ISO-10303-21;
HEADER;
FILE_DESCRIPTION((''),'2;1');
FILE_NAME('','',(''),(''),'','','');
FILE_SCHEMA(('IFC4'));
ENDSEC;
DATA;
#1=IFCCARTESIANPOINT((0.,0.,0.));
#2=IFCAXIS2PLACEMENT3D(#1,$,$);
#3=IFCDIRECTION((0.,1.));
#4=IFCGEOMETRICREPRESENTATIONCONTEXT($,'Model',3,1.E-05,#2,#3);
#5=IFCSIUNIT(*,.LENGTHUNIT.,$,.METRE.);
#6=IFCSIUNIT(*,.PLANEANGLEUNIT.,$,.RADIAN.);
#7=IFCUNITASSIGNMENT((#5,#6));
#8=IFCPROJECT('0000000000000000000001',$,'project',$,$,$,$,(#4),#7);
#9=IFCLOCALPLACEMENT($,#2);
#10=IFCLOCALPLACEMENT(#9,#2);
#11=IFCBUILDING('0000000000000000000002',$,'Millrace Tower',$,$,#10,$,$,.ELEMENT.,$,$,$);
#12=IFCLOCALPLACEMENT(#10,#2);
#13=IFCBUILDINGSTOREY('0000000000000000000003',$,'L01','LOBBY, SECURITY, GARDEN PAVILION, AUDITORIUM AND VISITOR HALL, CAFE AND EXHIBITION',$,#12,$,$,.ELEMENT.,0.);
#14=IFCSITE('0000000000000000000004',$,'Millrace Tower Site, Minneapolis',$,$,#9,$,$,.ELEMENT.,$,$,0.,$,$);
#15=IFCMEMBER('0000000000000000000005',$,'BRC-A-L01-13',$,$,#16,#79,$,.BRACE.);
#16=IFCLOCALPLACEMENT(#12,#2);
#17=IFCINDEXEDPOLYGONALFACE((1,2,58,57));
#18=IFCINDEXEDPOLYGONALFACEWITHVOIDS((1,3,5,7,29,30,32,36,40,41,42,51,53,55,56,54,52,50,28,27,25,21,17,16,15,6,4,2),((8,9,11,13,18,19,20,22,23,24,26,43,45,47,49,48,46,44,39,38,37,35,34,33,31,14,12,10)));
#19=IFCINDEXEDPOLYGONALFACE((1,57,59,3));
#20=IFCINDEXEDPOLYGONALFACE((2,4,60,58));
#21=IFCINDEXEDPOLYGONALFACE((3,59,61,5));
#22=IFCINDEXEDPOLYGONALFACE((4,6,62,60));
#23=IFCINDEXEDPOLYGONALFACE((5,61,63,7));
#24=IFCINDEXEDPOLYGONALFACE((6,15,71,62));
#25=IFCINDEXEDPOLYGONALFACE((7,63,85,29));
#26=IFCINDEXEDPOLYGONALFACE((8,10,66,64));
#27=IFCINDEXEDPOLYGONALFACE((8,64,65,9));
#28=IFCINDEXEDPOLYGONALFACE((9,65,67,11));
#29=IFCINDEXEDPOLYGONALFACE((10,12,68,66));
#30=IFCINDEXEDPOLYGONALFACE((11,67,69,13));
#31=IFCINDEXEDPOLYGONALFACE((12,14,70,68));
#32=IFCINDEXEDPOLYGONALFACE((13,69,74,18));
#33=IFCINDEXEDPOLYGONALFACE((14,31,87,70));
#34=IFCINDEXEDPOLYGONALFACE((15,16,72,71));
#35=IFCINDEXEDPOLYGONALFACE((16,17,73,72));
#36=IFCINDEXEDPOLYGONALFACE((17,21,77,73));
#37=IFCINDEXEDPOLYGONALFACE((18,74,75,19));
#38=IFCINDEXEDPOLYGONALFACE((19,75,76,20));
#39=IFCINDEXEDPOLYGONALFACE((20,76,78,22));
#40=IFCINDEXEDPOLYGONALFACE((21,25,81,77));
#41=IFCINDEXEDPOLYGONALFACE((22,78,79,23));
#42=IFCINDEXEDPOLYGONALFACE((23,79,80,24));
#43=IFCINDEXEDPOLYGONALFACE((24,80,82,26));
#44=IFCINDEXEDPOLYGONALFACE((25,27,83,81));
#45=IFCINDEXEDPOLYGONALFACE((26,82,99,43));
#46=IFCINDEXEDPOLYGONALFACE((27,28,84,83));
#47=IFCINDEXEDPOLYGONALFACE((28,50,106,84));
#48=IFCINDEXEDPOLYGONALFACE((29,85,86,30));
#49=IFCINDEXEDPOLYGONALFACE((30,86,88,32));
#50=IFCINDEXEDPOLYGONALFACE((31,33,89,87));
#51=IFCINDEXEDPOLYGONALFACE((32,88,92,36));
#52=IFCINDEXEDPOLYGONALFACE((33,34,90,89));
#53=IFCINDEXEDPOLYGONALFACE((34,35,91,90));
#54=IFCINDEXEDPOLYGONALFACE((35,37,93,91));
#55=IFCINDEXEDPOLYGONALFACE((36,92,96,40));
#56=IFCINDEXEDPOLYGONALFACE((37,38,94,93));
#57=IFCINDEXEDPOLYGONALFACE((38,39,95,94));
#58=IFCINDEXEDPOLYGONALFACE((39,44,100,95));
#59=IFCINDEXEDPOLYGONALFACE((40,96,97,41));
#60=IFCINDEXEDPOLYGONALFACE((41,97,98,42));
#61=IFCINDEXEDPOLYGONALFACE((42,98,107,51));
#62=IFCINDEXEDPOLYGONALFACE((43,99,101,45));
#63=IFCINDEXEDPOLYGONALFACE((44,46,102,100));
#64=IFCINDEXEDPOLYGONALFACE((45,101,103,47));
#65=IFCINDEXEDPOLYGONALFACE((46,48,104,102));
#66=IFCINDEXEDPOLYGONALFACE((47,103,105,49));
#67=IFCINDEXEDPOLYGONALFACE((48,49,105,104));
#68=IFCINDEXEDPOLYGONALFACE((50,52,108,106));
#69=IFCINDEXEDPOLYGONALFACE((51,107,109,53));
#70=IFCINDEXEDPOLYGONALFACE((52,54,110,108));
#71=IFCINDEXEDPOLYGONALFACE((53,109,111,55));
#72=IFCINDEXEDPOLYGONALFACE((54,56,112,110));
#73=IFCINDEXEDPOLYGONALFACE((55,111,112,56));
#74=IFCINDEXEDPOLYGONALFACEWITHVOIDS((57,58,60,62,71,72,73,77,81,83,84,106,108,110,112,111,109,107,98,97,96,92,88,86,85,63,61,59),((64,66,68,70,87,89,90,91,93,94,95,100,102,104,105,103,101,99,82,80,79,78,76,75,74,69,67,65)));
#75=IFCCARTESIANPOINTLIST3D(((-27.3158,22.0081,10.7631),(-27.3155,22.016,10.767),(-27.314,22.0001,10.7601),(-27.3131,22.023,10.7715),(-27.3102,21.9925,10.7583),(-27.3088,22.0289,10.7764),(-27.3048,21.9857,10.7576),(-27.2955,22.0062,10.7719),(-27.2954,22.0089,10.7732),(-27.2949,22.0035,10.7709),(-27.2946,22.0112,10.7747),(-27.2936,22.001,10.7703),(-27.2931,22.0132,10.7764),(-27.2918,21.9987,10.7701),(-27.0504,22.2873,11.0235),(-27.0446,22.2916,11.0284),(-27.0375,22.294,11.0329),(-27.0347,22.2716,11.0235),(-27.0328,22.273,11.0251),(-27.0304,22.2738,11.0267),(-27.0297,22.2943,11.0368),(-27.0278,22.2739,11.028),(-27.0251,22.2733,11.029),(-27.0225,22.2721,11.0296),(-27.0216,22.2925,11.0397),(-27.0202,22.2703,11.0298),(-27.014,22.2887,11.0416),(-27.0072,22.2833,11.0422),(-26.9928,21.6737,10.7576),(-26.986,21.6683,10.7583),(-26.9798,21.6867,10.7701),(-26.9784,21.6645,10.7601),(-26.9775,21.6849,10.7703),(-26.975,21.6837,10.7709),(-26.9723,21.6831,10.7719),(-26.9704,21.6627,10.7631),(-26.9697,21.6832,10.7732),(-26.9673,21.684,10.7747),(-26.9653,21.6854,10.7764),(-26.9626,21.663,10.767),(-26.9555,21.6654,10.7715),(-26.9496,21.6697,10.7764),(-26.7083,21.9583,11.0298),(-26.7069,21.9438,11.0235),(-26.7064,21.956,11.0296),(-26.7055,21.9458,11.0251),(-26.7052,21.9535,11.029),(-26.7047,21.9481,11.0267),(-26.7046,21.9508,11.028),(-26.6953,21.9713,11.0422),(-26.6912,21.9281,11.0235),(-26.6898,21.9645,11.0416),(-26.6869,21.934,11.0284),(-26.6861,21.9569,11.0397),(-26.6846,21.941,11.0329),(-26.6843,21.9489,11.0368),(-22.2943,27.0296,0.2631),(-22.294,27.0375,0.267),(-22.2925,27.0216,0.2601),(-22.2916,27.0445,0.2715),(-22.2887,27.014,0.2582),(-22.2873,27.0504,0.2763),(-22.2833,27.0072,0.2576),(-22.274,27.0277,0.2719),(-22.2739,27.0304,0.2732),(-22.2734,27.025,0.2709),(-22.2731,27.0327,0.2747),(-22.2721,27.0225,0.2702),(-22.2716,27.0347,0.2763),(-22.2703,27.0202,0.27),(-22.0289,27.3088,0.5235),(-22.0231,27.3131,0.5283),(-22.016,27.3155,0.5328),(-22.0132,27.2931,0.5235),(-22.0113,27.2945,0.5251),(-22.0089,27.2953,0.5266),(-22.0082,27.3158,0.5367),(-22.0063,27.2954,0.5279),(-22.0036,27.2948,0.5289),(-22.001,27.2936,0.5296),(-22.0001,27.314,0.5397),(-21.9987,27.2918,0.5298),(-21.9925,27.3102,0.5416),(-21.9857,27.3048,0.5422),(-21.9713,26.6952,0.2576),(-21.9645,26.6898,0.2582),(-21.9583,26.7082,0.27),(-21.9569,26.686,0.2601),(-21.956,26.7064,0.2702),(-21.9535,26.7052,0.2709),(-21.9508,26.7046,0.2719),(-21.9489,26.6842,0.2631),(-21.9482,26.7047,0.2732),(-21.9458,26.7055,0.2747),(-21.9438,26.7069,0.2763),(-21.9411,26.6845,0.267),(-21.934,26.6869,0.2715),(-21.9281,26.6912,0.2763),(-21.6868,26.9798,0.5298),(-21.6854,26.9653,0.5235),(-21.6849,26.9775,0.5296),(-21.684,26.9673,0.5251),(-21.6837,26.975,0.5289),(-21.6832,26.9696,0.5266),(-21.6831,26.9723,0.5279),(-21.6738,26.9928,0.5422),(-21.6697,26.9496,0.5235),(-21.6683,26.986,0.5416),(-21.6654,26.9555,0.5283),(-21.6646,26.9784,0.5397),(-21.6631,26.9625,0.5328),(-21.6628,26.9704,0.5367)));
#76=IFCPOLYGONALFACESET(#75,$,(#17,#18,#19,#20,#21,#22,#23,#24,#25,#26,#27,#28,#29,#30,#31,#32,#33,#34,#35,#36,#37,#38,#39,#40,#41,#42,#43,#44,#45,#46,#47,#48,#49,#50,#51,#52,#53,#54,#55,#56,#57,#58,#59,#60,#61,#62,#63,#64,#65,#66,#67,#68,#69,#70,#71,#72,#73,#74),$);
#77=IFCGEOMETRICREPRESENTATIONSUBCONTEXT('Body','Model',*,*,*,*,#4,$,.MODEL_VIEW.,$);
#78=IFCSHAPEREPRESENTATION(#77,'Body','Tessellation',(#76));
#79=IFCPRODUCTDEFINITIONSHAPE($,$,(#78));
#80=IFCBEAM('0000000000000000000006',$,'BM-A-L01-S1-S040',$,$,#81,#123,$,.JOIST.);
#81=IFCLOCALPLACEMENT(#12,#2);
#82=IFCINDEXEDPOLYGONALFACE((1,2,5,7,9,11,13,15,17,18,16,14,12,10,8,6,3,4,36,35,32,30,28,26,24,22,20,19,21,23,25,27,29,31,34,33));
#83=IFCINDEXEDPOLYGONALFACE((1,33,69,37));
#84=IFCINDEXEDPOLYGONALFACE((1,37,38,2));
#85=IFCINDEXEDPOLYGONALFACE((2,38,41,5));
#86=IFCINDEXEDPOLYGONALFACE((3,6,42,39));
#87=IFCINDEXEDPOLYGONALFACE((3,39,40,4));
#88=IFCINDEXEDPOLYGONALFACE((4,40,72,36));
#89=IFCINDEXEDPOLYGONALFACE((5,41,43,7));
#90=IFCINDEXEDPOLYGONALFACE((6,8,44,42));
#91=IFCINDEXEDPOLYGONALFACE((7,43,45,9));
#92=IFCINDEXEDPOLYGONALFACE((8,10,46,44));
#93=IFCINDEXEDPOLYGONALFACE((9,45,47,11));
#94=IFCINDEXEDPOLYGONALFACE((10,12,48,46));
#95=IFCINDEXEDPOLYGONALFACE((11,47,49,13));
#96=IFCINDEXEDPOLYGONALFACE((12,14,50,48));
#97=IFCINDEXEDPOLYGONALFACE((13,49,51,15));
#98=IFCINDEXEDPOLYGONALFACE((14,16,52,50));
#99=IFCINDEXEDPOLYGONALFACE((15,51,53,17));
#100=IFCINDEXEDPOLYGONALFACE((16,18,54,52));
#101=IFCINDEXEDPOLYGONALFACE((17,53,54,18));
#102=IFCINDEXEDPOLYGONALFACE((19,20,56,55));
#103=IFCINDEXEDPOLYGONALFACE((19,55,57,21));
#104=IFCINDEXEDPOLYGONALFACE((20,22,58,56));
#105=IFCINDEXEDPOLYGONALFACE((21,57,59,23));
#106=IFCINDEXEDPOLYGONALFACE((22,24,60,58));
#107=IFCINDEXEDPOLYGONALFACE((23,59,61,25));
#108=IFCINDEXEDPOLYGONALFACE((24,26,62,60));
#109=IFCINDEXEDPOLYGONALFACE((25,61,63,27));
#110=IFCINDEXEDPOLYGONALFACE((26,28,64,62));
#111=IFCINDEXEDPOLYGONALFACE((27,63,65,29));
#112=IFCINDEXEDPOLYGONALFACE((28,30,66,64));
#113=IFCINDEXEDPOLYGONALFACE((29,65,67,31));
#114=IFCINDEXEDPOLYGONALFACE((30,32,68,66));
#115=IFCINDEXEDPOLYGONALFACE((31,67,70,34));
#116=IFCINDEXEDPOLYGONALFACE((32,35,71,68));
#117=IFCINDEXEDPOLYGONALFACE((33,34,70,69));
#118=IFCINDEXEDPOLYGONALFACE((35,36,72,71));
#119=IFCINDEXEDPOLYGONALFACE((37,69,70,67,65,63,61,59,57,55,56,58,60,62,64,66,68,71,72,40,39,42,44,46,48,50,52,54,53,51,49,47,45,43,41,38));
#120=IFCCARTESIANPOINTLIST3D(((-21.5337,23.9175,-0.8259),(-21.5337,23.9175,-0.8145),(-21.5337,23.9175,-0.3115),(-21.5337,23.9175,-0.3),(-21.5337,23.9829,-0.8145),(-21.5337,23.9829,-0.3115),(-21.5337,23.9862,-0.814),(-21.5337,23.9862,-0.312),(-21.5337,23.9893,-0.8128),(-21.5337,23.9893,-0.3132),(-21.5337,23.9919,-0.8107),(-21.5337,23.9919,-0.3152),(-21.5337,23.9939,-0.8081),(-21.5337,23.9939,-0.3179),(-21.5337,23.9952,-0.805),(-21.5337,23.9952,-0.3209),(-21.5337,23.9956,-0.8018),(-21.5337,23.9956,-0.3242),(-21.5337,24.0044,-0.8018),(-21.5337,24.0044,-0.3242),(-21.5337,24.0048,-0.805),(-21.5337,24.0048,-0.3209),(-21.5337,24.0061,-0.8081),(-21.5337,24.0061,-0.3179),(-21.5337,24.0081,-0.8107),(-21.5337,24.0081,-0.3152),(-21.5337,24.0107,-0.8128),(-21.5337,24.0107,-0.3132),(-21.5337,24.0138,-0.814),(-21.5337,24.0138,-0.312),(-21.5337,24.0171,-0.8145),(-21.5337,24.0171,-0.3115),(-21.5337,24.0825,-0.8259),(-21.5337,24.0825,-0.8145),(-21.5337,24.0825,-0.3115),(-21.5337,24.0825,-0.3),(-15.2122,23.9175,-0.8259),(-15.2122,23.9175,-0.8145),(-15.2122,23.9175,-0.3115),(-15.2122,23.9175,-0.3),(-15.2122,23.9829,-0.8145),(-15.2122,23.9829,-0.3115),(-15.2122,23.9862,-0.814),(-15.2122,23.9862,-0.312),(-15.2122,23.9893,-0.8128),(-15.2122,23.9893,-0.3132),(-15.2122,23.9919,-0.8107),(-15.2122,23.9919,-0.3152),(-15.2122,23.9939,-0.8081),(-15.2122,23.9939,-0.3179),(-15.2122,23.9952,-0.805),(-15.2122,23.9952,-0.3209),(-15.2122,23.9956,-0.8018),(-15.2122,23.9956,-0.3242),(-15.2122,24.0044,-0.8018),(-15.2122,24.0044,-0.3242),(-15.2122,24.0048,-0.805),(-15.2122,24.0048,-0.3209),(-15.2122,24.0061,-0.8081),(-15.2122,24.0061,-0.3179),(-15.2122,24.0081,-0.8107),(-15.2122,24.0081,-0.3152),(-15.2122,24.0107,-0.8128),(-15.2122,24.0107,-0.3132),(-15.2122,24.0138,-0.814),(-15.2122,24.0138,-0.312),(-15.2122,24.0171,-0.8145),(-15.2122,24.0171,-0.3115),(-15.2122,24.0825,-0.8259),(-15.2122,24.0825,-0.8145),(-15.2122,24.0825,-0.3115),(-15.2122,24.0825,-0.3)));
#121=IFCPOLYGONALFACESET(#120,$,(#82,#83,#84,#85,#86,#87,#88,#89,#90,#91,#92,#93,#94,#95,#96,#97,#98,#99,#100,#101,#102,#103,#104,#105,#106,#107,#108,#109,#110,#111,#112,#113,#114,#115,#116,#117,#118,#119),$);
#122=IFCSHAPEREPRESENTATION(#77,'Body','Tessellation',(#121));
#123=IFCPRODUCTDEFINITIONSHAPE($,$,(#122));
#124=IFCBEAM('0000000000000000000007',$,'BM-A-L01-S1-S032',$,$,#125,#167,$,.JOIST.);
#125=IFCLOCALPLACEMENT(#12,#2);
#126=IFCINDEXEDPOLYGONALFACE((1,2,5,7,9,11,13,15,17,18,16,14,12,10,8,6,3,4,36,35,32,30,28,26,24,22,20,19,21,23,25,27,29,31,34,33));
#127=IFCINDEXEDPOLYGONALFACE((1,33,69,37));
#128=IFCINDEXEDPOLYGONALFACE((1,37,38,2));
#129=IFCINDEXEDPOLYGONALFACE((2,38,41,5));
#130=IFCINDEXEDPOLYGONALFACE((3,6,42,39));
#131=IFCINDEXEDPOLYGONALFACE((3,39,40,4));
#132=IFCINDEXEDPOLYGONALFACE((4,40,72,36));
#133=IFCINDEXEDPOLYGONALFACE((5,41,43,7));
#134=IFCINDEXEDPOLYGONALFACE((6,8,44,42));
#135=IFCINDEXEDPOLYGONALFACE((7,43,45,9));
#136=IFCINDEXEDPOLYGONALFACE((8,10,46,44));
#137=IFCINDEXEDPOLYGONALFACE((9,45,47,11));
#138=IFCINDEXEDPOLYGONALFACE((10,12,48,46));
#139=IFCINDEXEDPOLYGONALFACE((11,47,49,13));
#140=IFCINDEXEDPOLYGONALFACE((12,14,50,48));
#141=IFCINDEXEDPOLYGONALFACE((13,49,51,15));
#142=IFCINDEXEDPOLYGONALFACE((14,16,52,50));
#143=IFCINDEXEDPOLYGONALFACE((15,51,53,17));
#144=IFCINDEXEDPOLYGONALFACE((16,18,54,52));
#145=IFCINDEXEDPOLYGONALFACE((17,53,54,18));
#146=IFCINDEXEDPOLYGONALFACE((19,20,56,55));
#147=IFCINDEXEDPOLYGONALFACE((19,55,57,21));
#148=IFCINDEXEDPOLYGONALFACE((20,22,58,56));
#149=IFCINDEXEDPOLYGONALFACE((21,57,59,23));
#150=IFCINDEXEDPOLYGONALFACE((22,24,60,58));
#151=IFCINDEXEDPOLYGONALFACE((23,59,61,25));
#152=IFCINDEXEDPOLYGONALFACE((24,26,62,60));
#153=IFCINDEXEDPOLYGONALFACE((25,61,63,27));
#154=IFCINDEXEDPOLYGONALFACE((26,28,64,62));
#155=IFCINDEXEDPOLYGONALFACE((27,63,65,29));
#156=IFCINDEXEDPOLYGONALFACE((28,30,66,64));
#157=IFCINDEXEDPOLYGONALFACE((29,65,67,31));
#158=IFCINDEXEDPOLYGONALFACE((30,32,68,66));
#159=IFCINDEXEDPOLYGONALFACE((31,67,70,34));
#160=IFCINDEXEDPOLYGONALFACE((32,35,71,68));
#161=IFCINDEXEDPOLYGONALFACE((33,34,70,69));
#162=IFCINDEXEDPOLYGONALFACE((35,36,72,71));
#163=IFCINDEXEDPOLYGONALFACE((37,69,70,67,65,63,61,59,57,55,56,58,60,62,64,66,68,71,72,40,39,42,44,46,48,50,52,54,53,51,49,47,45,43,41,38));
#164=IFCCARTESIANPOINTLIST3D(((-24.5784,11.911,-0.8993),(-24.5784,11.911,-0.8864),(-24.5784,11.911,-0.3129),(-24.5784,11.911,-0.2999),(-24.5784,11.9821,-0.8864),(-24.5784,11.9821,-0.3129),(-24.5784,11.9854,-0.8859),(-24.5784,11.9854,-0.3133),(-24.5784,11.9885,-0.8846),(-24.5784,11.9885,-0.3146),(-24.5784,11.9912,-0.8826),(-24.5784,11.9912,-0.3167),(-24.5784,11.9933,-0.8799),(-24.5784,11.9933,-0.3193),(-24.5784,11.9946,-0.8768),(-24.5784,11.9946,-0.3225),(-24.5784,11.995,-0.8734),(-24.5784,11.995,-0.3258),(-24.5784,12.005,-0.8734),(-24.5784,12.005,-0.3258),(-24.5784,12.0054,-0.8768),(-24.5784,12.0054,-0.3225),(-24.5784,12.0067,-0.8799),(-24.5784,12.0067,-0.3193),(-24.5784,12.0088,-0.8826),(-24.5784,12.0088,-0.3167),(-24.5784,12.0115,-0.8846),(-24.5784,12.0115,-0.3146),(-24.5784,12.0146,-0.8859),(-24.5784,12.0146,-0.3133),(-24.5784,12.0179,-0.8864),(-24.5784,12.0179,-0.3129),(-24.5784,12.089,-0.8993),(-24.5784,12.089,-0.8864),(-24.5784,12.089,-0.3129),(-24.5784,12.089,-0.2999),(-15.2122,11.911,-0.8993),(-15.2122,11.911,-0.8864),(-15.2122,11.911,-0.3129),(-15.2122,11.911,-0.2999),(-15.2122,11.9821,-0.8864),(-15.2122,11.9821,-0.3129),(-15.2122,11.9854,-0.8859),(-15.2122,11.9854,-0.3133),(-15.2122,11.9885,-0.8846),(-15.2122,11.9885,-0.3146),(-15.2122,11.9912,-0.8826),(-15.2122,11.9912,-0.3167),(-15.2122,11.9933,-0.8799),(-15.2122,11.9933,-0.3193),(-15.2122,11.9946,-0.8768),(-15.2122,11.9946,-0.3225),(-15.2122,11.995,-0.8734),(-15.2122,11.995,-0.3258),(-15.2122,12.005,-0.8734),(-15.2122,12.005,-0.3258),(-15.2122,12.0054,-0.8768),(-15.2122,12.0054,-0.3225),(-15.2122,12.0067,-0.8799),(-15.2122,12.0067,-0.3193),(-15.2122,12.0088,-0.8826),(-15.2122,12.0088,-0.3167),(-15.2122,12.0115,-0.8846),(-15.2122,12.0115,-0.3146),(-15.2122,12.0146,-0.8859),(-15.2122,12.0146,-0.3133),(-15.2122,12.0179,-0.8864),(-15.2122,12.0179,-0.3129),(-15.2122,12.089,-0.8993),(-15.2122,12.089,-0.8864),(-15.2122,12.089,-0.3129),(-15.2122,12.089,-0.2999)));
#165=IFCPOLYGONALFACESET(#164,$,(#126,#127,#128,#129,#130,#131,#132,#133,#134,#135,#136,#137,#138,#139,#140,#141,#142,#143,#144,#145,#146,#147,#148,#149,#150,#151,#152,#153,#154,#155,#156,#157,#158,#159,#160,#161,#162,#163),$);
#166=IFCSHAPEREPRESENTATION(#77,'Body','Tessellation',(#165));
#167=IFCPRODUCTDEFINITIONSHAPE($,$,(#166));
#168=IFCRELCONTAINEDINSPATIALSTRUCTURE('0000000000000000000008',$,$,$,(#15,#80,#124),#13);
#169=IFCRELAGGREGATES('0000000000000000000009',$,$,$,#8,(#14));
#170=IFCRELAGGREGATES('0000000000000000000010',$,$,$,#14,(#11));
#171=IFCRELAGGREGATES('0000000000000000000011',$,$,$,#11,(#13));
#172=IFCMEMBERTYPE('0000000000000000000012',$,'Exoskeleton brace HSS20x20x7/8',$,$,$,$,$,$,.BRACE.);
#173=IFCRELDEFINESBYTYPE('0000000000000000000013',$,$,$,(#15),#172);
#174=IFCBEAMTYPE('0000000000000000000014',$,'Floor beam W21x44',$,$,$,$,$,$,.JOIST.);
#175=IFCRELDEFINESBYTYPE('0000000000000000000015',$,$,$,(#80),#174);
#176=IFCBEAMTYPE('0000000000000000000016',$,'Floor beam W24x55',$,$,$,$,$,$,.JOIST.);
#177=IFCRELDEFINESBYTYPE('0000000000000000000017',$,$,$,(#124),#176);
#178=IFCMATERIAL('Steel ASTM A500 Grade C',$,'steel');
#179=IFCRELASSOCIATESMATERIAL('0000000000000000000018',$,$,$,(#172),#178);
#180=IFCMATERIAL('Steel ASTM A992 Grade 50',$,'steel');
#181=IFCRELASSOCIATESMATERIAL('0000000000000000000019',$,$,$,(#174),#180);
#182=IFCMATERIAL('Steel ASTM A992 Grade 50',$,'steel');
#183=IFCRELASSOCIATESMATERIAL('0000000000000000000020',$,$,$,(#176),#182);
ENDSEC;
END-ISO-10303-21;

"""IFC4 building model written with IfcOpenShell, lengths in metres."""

from ifc_helpers import new_model, si_unit, direction, frame, origin, origin_2d, place, context, subcontext, project, spatial, hollow_rectangle, i_section, extrude, material, material_profile, profile_set, type_object, element, save


model = new_model("IFC4")

# Units and contexts
model_context = context("Model", 3, precision=1e-05, world=origin(), true_north=direction((0.0, 1.0)))
body_context = subcontext(model_context, "Body", "Model", "MODEL_VIEW")
ifc_project = project(units=[si_unit("LENGTHUNIT", "METRE"), si_unit("PLANEANGLEUNIT", "RADIAN")], contexts=[model_context])

# Site, building, storey
site_placement = place(None, origin())
site = spatial("IfcSite", under=ifc_project, at=site_placement, Name="Millrace Tower Site, Minneapolis", CompositionType="ELEMENT", RefElevation=0.0)
building_placement = place(site_placement, origin())
building = spatial("IfcBuilding", under=site, at=building_placement, Name="Millrace Tower", CompositionType="ELEMENT")
storey_placement = place(building_placement, origin())
storey = spatial("IfcBuildingStorey", under=building, at=storey_placement, Name="L01", Description="LOBBY, SECURITY, GARDEN PAVILION, AUDITORIUM AND VISITOR HALL, CAFE AND EXHIBITION", CompositionType="ELEMENT", Elevation=0.0)

# Member
ifc_material_1 = material(Name="Steel ASTM A500 Grade C", Category="steel")
ifc_material_profile_1 = material_profile(ifc_material_1, hollow_rectangle(XDim=0.5081, YDim=0.5081, WallThickness=0.0222, InnerFilletRadius=0.0112, OuterFilletRadius=0.0334, at=origin_2d()))
ifc_profile_set_1 = profile_set([ifc_material_profile_1], Name="Steel ASTM A500 Grade C")
member_type_1 = type_object("IfcMemberType", Name="Exoskeleton brace HSS20x20x7/8", PredefinedType="BRACE", material=ifc_profile_set_1)
member_1_placement = place(storey_placement, frame((-21.9785, 27.0, 0.3999), z_axis=(-0.396142, -0.396142, 0.828338), x_axis=(0.707107, -0.707107, 0.0)))
element("IfcMember", 1, at=member_1_placement, inside=storey, type_object=member_type_1, Name="BRC-A-L01-13", PredefinedType="BRACE", context=body_context, shape_type="SweptSolid", body=[
    extrude(hollow_rectangle(XDim=0.5081, YDim=0.5081, WallThickness=0.0222, InnerFilletRadius=0.0112, OuterFilletRadius=0.0334, at=origin_2d()), origin(), (0.0, 0.0, 1.0), 12.676),
])

# Beams
ifc_material_2 = material(Name="Steel ASTM A992 Grade 50", Category="steel")
ifc_material_profile_2 = material_profile(ifc_material_2, i_section(OverallWidth=0.165, OverallDepth=0.5259, WebThickness=0.0088, FlangeThickness=0.0115, FilletRadius=0.0127, at=origin_2d()))
ifc_profile_set_2 = profile_set([ifc_material_profile_2], Name="Steel ASTM A992 Grade 50")
beam_type_1 = type_object("IfcBeamType", Name="Floor beam W21x44", PredefinedType="JOIST", material=ifc_profile_set_2)
beam_1_placement = place(storey_placement, frame((-21.5337, 24.0, -0.563), z_axis=(1.0, 0.0, 0.0), x_axis=(0.0, 1.0, 0.0)))
element("IfcBeam", 2, at=beam_1_placement, inside=storey, type_object=beam_type_1, Name="BM-A-L01-S1-S040", PredefinedType="JOIST", context=body_context, shape_type="SweptSolid", body=[
    extrude(i_section(OverallWidth=0.165, OverallDepth=0.5259, WebThickness=0.0088, FlangeThickness=0.0115, FilletRadius=0.0127, at=origin_2d()), origin(), (0.0, 0.0, 1.0), 6.3215),
])
ifc_material_3 = material(Name="Steel ASTM A992 Grade 50", Category="steel")
ifc_material_profile_3 = material_profile(ifc_material_3, i_section(OverallWidth=0.178, OverallDepth=0.5994, WebThickness=0.01, FlangeThickness=0.0129, FilletRadius=0.0129, at=origin_2d()))
ifc_profile_set_3 = profile_set([ifc_material_profile_3], Name="Steel ASTM A992 Grade 50")
beam_type_2 = type_object("IfcBeamType", Name="Floor beam W24x55", PredefinedType="JOIST", material=ifc_profile_set_3)
for number, where, z_axis, x_axis, name in (
    (3, (-24.5784, 12.0, -0.5996), (1.0, 0.0, 0.0), (0.0, 1.0, 0.0), "BM-A-L01-S1-S032"),
):
    element("IfcBeam", number, at=place(storey_placement, frame(where, z_axis=z_axis, x_axis=x_axis)), inside=storey, type_object=beam_type_2, Name=name, PredefinedType="JOIST", context=body_context, shape_type="SweptSolid", body=[
        extrude(i_section(OverallWidth=0.178, OverallDepth=0.5994, WebThickness=0.01, FlangeThickness=0.0129, FilletRadius=0.0129, at=origin_2d()), origin(), (0.0, 0.0, 1.0), 9.3662),
    ])

save(model, "model.ifc")
